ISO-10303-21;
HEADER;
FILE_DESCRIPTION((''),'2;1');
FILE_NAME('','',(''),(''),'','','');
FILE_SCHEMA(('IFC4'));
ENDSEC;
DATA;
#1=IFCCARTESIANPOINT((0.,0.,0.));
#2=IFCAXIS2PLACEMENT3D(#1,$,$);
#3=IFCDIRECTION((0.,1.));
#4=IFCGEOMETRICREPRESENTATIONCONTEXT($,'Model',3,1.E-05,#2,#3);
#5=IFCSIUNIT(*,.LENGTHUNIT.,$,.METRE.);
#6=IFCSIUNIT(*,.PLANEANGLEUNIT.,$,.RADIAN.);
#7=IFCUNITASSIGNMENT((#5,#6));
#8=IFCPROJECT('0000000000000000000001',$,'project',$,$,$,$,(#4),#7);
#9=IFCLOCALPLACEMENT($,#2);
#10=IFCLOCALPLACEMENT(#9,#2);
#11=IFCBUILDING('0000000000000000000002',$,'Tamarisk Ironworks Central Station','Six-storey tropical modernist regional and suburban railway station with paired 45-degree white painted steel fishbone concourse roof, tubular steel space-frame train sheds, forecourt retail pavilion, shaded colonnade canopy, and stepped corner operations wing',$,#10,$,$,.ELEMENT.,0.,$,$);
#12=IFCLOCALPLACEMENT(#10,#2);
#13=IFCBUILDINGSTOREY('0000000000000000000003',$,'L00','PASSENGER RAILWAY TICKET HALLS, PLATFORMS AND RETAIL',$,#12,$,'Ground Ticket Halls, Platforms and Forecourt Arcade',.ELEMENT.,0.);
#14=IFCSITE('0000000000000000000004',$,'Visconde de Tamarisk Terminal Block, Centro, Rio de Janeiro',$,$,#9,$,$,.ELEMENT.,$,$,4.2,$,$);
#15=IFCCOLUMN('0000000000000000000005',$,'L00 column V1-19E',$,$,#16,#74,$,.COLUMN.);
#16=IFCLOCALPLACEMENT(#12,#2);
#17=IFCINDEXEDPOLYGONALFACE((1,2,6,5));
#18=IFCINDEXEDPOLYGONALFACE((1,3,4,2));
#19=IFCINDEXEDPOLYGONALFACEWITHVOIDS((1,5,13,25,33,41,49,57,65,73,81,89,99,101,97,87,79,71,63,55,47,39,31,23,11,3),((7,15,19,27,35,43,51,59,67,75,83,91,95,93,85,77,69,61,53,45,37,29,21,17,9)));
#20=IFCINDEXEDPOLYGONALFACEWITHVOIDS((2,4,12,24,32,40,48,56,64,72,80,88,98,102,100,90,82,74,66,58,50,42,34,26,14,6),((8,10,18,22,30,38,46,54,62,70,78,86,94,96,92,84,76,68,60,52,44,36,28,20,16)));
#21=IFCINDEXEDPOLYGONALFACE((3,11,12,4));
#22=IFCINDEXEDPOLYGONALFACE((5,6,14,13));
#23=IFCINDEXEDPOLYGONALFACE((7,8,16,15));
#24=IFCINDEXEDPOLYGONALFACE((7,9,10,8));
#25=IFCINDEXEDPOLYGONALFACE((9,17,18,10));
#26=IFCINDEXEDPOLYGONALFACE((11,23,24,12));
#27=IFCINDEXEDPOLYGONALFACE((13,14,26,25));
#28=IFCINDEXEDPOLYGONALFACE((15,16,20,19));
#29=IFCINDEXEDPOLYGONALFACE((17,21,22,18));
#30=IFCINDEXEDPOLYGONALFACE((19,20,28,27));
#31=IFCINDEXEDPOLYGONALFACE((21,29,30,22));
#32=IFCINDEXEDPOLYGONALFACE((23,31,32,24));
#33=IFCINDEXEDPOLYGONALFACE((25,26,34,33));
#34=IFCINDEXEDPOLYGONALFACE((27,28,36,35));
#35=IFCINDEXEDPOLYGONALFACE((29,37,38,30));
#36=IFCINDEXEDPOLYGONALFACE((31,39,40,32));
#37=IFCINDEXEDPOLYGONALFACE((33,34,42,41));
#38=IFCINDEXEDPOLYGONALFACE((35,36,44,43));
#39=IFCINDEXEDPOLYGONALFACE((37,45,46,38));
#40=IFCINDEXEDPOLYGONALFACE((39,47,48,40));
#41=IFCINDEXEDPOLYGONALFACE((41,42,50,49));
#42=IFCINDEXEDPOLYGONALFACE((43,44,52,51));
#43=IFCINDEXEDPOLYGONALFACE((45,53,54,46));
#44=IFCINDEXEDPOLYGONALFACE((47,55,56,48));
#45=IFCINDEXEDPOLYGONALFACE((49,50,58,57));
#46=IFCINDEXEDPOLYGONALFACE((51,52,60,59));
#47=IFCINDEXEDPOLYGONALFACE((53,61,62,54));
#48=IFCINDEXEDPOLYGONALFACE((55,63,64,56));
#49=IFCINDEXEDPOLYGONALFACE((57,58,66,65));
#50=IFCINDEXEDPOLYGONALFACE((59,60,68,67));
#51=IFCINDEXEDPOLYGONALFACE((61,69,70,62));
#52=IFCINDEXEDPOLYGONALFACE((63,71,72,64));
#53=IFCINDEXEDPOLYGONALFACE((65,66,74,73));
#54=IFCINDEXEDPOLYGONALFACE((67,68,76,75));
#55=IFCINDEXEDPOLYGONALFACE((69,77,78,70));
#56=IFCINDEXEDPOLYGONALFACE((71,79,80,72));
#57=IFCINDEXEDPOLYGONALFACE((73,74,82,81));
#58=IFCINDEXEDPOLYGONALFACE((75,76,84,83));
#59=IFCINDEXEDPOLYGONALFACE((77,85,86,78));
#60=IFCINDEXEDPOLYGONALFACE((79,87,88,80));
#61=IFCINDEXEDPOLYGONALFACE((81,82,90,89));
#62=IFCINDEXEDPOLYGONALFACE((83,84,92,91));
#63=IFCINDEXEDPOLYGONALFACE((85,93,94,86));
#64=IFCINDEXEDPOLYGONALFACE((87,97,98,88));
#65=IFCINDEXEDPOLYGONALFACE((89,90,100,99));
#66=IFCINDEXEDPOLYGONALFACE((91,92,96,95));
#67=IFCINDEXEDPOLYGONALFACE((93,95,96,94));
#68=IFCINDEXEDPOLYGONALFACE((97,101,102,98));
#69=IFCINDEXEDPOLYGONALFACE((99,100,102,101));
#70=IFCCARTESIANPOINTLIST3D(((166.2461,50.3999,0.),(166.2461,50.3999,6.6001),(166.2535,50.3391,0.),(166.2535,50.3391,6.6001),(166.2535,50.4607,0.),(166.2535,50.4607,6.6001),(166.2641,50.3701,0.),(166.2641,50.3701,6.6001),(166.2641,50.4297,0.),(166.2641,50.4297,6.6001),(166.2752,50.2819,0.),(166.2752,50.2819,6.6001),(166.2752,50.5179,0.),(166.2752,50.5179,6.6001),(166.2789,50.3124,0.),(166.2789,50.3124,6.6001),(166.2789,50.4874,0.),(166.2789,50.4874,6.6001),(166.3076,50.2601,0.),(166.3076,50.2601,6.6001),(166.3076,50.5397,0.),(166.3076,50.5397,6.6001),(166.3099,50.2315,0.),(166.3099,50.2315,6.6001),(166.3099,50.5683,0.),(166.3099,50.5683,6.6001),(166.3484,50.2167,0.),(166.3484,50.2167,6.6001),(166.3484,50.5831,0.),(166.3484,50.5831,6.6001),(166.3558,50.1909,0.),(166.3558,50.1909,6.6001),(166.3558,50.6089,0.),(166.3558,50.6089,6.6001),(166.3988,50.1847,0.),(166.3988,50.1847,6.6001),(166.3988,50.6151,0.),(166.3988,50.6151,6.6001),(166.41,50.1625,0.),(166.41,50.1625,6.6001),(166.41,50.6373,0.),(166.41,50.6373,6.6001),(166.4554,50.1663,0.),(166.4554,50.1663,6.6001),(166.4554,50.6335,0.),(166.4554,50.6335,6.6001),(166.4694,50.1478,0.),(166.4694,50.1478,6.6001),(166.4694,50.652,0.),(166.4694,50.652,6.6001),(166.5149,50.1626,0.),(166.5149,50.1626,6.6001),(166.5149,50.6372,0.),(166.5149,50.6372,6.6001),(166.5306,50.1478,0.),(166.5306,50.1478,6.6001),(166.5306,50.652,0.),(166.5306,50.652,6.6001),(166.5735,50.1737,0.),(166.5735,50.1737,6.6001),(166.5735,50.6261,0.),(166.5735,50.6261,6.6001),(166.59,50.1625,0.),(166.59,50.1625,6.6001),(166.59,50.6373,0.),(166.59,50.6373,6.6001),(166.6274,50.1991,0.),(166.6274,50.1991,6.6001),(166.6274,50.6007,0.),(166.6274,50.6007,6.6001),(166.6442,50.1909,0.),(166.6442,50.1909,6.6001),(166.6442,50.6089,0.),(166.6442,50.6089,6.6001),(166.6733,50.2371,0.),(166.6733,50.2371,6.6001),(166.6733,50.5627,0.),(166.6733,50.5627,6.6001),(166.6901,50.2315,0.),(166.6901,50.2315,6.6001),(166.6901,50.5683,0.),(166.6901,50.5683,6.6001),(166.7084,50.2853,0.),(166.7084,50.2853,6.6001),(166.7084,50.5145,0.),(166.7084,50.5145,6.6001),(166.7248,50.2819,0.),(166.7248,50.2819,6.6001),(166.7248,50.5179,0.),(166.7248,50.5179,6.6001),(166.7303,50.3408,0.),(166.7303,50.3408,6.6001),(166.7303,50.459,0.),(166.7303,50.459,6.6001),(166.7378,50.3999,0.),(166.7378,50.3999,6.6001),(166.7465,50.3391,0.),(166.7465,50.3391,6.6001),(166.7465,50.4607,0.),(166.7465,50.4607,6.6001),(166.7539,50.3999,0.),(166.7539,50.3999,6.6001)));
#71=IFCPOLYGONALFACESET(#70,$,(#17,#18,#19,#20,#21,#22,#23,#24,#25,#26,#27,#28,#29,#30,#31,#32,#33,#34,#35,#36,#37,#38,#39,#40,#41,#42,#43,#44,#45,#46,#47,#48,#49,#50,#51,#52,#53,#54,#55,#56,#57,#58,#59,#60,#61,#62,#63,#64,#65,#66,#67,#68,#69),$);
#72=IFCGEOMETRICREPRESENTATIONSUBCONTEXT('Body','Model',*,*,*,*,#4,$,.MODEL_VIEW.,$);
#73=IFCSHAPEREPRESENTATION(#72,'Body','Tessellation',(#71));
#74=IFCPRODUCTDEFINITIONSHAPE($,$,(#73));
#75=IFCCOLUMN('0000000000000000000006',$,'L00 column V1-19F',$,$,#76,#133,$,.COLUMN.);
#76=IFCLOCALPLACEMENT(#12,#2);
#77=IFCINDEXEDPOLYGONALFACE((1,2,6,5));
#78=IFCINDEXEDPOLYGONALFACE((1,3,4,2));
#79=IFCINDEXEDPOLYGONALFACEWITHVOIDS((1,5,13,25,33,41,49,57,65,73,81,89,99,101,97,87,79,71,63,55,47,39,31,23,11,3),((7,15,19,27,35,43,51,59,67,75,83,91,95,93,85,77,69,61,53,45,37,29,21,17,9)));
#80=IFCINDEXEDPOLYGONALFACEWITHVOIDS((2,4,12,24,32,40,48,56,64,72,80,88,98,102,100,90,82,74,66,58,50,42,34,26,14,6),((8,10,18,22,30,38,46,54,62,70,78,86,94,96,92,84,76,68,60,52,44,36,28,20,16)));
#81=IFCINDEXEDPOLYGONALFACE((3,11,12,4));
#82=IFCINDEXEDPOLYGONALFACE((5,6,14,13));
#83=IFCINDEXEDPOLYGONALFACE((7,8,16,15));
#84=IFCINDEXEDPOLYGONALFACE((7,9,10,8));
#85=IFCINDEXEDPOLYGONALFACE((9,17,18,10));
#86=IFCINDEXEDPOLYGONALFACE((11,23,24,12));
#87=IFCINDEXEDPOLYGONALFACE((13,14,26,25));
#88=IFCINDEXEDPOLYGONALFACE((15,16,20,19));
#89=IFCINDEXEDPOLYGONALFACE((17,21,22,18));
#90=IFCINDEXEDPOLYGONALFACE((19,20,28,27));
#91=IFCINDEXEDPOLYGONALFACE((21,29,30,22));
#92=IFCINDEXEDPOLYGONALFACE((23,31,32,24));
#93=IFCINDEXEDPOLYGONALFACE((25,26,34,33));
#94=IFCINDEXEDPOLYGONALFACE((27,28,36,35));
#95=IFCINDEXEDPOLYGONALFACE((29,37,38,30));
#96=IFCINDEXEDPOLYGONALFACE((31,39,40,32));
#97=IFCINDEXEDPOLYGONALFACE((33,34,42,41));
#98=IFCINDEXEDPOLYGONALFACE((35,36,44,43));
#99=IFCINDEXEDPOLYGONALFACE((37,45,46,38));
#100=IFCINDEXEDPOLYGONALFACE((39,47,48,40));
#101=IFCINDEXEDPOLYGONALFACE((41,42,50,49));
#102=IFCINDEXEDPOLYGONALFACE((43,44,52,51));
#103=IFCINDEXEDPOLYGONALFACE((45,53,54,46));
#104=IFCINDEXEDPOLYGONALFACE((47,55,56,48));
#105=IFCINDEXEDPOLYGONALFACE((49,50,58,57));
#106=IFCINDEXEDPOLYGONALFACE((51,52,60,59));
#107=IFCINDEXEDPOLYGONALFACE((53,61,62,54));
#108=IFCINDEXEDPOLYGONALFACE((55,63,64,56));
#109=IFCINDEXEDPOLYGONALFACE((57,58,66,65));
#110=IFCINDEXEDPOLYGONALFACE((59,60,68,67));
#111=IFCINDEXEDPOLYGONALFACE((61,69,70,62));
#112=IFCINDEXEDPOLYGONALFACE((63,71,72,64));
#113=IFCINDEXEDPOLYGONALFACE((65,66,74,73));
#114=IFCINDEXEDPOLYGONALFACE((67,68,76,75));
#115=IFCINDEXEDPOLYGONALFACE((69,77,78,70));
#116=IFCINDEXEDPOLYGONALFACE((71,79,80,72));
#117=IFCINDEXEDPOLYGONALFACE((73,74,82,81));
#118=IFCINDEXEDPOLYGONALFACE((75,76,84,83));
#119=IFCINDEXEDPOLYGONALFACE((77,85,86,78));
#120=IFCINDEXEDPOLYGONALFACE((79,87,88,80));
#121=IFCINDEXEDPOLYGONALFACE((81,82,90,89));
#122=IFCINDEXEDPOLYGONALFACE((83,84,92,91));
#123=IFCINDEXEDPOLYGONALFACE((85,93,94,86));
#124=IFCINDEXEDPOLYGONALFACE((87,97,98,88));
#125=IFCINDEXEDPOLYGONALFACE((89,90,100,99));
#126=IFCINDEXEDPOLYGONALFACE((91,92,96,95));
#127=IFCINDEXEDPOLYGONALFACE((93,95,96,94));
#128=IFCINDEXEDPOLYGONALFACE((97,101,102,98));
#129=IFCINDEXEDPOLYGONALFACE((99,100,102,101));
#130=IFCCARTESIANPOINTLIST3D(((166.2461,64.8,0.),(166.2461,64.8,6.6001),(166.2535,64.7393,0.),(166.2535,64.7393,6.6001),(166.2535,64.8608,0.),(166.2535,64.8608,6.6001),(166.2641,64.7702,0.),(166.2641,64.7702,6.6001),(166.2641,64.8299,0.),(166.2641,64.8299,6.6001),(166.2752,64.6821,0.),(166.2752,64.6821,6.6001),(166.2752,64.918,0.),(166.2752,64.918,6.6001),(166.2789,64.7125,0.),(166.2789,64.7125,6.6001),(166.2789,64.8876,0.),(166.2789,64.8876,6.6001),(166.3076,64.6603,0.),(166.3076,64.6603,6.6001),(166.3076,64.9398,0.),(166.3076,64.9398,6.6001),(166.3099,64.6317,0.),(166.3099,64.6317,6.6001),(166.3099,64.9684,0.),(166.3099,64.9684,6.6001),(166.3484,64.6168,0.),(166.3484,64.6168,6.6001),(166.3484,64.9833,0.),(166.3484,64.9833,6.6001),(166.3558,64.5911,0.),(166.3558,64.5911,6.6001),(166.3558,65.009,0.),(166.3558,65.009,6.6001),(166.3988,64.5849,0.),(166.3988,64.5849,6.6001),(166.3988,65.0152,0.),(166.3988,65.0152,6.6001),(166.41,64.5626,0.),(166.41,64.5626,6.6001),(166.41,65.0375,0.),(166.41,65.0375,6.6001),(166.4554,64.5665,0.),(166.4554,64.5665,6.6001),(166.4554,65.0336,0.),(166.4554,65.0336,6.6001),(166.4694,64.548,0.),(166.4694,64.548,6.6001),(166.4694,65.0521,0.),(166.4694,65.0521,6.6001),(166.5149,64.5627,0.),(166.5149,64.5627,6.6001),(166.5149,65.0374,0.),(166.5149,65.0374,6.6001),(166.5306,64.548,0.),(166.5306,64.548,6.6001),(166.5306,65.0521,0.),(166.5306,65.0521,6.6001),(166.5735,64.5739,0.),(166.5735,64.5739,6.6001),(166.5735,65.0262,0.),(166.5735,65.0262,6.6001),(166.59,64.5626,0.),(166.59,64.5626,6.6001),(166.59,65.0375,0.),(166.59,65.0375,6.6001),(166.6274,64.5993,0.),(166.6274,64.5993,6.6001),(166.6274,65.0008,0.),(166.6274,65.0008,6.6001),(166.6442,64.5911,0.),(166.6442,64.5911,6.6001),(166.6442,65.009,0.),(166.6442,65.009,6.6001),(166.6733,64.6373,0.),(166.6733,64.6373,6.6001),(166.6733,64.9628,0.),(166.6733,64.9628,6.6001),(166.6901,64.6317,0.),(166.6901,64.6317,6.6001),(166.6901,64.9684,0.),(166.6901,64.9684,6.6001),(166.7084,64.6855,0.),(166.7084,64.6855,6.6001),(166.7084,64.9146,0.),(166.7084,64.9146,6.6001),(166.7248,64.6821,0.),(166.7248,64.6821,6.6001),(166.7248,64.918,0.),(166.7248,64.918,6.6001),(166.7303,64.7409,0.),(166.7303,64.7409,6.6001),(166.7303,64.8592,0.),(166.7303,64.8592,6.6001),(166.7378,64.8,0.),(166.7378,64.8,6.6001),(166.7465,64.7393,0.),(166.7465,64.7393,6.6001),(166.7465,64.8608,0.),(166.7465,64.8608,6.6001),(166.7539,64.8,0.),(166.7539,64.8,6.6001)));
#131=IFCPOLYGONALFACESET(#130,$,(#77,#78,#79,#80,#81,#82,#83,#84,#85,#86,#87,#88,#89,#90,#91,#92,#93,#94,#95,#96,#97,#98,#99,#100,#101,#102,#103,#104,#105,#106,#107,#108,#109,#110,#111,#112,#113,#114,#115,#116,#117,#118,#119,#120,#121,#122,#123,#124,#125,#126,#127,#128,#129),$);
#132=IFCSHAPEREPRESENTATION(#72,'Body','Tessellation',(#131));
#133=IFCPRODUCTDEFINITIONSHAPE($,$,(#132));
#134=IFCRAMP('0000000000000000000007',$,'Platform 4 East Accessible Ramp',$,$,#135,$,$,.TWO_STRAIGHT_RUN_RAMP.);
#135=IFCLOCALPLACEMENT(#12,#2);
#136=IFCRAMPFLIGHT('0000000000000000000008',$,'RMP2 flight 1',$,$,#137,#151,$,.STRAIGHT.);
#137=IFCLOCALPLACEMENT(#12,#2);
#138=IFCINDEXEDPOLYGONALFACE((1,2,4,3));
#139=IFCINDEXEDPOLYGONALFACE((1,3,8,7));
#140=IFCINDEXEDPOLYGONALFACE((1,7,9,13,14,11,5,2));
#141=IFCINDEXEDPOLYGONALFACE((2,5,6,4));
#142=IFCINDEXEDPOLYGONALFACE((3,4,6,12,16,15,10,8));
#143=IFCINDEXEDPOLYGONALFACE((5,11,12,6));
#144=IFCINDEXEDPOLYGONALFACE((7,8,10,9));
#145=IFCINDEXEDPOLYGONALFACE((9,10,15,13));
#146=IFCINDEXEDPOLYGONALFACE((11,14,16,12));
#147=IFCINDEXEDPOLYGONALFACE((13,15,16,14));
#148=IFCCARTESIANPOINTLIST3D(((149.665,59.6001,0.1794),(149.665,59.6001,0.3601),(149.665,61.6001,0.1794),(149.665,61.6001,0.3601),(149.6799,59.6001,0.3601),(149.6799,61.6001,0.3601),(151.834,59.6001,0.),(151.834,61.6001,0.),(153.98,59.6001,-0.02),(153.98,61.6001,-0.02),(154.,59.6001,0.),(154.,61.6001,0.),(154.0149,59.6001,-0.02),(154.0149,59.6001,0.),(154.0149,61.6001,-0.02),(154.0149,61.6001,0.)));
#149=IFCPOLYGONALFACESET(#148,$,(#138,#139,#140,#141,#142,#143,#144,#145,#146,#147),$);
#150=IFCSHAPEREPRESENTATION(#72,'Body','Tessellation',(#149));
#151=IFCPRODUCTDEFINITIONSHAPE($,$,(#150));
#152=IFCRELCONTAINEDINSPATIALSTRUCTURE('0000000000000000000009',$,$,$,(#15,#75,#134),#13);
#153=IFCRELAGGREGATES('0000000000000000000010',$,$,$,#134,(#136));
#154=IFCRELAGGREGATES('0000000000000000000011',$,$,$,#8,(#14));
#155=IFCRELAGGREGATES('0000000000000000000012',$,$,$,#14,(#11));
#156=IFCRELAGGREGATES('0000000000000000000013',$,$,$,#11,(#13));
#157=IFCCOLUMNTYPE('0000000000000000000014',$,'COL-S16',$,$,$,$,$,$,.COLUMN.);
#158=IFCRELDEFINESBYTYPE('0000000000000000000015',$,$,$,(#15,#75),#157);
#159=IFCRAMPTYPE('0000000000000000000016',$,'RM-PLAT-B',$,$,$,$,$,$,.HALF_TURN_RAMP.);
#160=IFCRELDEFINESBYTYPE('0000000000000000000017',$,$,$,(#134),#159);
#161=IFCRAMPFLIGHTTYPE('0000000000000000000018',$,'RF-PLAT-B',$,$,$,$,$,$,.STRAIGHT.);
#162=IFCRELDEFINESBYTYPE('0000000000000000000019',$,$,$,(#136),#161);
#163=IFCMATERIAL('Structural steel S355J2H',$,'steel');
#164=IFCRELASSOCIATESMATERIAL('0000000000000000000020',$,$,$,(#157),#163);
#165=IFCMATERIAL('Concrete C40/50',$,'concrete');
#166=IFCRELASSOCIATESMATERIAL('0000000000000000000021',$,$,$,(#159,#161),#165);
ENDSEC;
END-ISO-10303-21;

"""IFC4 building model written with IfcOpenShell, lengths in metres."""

from ifc_helpers import new_model, si_unit, direction, frame, origin, origin_2d, place, context, subcontext, project, spatial, polyline, hollow_circle, outline, extrude, material, material_profile, profile_set, type_object, element, aggregate, save


model = new_model("IFC4")

# Units and contexts
model_context = context("Model", 3, precision=1e-05, world=origin(), true_north=direction((0.0, 1.0)))
body_context = subcontext(model_context, "Body", "Model", "MODEL_VIEW")
ifc_project = project(units=[si_unit("LENGTHUNIT", "METRE"), si_unit("PLANEANGLEUNIT", "RADIAN")], contexts=[model_context])

# Site, building, storey
site_placement = place(None, origin())
site = spatial("IfcSite", under=ifc_project, at=site_placement, Name="Visconde de Tamarisk Terminal Block, Centro, Rio de Janeiro", CompositionType="ELEMENT", RefElevation=4.2)
building_placement = place(site_placement, origin())
building = spatial("IfcBuilding", under=site, at=building_placement, Name="Tamarisk Ironworks Central Station", Description="Six-storey tropical modernist regional and suburban railway station with paired 45-degree white painted steel fishbone concourse roof, tubular steel space-frame train sheds, forecourt retail pavilion, shaded colonnade canopy, and stepped corner operations wing", CompositionType="ELEMENT", ElevationOfRefHeight=0.0)
storey_placement = place(building_placement, origin())
storey = spatial("IfcBuildingStorey", under=building, at=storey_placement, Name="L00", Description="PASSENGER RAILWAY TICKET HALLS, PLATFORMS AND RETAIL", LongName="Ground Ticket Halls, Platforms and Forecourt Arcade", CompositionType="ELEMENT", Elevation=0.0)

# Shared definitions
ifc_material_1 = material(Name="Concrete C40/50", Category="concrete")

# Columns
ifc_material_2 = material(Name="Structural steel S355J2H", Category="steel")
ifc_material_profile_1 = material_profile(ifc_material_2, hollow_circle(Radius=0.2539, WallThickness=0.0161, at=origin_2d()), Name="CHS 508x16")
ifc_profile_set_1 = profile_set([ifc_material_profile_1], Name="Structural steel S355J2H")
column_type_1 = type_object("IfcColumnType", Name="COL-S16", PredefinedType="COLUMN", material=ifc_profile_set_1)
for number, where, z_axis, x_axis, name in (
    (1, (166.5, 50.3999, 0.0), (0.0, 0.0, 1.0), (1.0, 0.0, 0.0), "L00 column V1-19E"),
    (2, (166.5, 64.8, 0.0), (0.0, 0.0, 1.0), (1.0, 0.0, 0.0), "L00 column V1-19F"),
):
    element("IfcColumn", number, at=place(storey_placement, frame(where, z_axis=z_axis, x_axis=x_axis)), inside=storey, type_object=column_type_1, Name=name, PredefinedType="COLUMN", context=body_context, shape_type="SweptSolid", body=[
        extrude(hollow_circle(Radius=0.2539, WallThickness=0.0161, at=origin_2d()), origin(), (0.0, 0.0, 1.0), 6.6001),
    ])

# Ramp, ramp flight
ramp_type = type_object("IfcRampType", Name="RM-PLAT-B", PredefinedType="HALF_TURN_RAMP", material=ifc_material_1)
ramp_placement = place(storey_placement, origin())
ramp = element("IfcRamp", 3, at=ramp_placement, inside=storey, type_object=ramp_type, Name="Platform 4 East Accessible Ramp", PredefinedType="TWO_STRAIGHT_RUN_RAMP")
ramp_flight_type = type_object("IfcRampFlightType", Name="RF-PLAT-B", PredefinedType="STRAIGHT", material=ifc_material_1)
ramp_flight_placement = place(storey_placement, frame((154.0, 60.6001, 0.0), z_axis=(0.0, 0.0, 1.0), x_axis=(-1.0, 0.0, 0.0)))
ramp_flight = element("IfcRampFlight", 4, at=ramp_flight_placement, type_object=ramp_flight_type, Name="RMP2 flight 1", PredefinedType="STRAIGHT", context=body_context, shape_type="SweptSolid", body=[
    extrude(outline(polyline([(-0.0149, -0.02), (-0.0149, 0.0), (0.0, 0.0), (4.3201, 0.3601), (4.335, 0.3601), (4.335, 0.1794), (2.166, 0.0), (0.02, -0.02), (-0.0149, -0.02)])), frame((0.0, 1.0, 0.0), z_axis=(0.0, -1.0, 0.0), x_axis=(1.0, 0.0, 0.0)), (0.0, 0.0, 1.0), 2.0),
])
aggregate(ramp, [ramp_flight])

save(model, "model.ifc")
